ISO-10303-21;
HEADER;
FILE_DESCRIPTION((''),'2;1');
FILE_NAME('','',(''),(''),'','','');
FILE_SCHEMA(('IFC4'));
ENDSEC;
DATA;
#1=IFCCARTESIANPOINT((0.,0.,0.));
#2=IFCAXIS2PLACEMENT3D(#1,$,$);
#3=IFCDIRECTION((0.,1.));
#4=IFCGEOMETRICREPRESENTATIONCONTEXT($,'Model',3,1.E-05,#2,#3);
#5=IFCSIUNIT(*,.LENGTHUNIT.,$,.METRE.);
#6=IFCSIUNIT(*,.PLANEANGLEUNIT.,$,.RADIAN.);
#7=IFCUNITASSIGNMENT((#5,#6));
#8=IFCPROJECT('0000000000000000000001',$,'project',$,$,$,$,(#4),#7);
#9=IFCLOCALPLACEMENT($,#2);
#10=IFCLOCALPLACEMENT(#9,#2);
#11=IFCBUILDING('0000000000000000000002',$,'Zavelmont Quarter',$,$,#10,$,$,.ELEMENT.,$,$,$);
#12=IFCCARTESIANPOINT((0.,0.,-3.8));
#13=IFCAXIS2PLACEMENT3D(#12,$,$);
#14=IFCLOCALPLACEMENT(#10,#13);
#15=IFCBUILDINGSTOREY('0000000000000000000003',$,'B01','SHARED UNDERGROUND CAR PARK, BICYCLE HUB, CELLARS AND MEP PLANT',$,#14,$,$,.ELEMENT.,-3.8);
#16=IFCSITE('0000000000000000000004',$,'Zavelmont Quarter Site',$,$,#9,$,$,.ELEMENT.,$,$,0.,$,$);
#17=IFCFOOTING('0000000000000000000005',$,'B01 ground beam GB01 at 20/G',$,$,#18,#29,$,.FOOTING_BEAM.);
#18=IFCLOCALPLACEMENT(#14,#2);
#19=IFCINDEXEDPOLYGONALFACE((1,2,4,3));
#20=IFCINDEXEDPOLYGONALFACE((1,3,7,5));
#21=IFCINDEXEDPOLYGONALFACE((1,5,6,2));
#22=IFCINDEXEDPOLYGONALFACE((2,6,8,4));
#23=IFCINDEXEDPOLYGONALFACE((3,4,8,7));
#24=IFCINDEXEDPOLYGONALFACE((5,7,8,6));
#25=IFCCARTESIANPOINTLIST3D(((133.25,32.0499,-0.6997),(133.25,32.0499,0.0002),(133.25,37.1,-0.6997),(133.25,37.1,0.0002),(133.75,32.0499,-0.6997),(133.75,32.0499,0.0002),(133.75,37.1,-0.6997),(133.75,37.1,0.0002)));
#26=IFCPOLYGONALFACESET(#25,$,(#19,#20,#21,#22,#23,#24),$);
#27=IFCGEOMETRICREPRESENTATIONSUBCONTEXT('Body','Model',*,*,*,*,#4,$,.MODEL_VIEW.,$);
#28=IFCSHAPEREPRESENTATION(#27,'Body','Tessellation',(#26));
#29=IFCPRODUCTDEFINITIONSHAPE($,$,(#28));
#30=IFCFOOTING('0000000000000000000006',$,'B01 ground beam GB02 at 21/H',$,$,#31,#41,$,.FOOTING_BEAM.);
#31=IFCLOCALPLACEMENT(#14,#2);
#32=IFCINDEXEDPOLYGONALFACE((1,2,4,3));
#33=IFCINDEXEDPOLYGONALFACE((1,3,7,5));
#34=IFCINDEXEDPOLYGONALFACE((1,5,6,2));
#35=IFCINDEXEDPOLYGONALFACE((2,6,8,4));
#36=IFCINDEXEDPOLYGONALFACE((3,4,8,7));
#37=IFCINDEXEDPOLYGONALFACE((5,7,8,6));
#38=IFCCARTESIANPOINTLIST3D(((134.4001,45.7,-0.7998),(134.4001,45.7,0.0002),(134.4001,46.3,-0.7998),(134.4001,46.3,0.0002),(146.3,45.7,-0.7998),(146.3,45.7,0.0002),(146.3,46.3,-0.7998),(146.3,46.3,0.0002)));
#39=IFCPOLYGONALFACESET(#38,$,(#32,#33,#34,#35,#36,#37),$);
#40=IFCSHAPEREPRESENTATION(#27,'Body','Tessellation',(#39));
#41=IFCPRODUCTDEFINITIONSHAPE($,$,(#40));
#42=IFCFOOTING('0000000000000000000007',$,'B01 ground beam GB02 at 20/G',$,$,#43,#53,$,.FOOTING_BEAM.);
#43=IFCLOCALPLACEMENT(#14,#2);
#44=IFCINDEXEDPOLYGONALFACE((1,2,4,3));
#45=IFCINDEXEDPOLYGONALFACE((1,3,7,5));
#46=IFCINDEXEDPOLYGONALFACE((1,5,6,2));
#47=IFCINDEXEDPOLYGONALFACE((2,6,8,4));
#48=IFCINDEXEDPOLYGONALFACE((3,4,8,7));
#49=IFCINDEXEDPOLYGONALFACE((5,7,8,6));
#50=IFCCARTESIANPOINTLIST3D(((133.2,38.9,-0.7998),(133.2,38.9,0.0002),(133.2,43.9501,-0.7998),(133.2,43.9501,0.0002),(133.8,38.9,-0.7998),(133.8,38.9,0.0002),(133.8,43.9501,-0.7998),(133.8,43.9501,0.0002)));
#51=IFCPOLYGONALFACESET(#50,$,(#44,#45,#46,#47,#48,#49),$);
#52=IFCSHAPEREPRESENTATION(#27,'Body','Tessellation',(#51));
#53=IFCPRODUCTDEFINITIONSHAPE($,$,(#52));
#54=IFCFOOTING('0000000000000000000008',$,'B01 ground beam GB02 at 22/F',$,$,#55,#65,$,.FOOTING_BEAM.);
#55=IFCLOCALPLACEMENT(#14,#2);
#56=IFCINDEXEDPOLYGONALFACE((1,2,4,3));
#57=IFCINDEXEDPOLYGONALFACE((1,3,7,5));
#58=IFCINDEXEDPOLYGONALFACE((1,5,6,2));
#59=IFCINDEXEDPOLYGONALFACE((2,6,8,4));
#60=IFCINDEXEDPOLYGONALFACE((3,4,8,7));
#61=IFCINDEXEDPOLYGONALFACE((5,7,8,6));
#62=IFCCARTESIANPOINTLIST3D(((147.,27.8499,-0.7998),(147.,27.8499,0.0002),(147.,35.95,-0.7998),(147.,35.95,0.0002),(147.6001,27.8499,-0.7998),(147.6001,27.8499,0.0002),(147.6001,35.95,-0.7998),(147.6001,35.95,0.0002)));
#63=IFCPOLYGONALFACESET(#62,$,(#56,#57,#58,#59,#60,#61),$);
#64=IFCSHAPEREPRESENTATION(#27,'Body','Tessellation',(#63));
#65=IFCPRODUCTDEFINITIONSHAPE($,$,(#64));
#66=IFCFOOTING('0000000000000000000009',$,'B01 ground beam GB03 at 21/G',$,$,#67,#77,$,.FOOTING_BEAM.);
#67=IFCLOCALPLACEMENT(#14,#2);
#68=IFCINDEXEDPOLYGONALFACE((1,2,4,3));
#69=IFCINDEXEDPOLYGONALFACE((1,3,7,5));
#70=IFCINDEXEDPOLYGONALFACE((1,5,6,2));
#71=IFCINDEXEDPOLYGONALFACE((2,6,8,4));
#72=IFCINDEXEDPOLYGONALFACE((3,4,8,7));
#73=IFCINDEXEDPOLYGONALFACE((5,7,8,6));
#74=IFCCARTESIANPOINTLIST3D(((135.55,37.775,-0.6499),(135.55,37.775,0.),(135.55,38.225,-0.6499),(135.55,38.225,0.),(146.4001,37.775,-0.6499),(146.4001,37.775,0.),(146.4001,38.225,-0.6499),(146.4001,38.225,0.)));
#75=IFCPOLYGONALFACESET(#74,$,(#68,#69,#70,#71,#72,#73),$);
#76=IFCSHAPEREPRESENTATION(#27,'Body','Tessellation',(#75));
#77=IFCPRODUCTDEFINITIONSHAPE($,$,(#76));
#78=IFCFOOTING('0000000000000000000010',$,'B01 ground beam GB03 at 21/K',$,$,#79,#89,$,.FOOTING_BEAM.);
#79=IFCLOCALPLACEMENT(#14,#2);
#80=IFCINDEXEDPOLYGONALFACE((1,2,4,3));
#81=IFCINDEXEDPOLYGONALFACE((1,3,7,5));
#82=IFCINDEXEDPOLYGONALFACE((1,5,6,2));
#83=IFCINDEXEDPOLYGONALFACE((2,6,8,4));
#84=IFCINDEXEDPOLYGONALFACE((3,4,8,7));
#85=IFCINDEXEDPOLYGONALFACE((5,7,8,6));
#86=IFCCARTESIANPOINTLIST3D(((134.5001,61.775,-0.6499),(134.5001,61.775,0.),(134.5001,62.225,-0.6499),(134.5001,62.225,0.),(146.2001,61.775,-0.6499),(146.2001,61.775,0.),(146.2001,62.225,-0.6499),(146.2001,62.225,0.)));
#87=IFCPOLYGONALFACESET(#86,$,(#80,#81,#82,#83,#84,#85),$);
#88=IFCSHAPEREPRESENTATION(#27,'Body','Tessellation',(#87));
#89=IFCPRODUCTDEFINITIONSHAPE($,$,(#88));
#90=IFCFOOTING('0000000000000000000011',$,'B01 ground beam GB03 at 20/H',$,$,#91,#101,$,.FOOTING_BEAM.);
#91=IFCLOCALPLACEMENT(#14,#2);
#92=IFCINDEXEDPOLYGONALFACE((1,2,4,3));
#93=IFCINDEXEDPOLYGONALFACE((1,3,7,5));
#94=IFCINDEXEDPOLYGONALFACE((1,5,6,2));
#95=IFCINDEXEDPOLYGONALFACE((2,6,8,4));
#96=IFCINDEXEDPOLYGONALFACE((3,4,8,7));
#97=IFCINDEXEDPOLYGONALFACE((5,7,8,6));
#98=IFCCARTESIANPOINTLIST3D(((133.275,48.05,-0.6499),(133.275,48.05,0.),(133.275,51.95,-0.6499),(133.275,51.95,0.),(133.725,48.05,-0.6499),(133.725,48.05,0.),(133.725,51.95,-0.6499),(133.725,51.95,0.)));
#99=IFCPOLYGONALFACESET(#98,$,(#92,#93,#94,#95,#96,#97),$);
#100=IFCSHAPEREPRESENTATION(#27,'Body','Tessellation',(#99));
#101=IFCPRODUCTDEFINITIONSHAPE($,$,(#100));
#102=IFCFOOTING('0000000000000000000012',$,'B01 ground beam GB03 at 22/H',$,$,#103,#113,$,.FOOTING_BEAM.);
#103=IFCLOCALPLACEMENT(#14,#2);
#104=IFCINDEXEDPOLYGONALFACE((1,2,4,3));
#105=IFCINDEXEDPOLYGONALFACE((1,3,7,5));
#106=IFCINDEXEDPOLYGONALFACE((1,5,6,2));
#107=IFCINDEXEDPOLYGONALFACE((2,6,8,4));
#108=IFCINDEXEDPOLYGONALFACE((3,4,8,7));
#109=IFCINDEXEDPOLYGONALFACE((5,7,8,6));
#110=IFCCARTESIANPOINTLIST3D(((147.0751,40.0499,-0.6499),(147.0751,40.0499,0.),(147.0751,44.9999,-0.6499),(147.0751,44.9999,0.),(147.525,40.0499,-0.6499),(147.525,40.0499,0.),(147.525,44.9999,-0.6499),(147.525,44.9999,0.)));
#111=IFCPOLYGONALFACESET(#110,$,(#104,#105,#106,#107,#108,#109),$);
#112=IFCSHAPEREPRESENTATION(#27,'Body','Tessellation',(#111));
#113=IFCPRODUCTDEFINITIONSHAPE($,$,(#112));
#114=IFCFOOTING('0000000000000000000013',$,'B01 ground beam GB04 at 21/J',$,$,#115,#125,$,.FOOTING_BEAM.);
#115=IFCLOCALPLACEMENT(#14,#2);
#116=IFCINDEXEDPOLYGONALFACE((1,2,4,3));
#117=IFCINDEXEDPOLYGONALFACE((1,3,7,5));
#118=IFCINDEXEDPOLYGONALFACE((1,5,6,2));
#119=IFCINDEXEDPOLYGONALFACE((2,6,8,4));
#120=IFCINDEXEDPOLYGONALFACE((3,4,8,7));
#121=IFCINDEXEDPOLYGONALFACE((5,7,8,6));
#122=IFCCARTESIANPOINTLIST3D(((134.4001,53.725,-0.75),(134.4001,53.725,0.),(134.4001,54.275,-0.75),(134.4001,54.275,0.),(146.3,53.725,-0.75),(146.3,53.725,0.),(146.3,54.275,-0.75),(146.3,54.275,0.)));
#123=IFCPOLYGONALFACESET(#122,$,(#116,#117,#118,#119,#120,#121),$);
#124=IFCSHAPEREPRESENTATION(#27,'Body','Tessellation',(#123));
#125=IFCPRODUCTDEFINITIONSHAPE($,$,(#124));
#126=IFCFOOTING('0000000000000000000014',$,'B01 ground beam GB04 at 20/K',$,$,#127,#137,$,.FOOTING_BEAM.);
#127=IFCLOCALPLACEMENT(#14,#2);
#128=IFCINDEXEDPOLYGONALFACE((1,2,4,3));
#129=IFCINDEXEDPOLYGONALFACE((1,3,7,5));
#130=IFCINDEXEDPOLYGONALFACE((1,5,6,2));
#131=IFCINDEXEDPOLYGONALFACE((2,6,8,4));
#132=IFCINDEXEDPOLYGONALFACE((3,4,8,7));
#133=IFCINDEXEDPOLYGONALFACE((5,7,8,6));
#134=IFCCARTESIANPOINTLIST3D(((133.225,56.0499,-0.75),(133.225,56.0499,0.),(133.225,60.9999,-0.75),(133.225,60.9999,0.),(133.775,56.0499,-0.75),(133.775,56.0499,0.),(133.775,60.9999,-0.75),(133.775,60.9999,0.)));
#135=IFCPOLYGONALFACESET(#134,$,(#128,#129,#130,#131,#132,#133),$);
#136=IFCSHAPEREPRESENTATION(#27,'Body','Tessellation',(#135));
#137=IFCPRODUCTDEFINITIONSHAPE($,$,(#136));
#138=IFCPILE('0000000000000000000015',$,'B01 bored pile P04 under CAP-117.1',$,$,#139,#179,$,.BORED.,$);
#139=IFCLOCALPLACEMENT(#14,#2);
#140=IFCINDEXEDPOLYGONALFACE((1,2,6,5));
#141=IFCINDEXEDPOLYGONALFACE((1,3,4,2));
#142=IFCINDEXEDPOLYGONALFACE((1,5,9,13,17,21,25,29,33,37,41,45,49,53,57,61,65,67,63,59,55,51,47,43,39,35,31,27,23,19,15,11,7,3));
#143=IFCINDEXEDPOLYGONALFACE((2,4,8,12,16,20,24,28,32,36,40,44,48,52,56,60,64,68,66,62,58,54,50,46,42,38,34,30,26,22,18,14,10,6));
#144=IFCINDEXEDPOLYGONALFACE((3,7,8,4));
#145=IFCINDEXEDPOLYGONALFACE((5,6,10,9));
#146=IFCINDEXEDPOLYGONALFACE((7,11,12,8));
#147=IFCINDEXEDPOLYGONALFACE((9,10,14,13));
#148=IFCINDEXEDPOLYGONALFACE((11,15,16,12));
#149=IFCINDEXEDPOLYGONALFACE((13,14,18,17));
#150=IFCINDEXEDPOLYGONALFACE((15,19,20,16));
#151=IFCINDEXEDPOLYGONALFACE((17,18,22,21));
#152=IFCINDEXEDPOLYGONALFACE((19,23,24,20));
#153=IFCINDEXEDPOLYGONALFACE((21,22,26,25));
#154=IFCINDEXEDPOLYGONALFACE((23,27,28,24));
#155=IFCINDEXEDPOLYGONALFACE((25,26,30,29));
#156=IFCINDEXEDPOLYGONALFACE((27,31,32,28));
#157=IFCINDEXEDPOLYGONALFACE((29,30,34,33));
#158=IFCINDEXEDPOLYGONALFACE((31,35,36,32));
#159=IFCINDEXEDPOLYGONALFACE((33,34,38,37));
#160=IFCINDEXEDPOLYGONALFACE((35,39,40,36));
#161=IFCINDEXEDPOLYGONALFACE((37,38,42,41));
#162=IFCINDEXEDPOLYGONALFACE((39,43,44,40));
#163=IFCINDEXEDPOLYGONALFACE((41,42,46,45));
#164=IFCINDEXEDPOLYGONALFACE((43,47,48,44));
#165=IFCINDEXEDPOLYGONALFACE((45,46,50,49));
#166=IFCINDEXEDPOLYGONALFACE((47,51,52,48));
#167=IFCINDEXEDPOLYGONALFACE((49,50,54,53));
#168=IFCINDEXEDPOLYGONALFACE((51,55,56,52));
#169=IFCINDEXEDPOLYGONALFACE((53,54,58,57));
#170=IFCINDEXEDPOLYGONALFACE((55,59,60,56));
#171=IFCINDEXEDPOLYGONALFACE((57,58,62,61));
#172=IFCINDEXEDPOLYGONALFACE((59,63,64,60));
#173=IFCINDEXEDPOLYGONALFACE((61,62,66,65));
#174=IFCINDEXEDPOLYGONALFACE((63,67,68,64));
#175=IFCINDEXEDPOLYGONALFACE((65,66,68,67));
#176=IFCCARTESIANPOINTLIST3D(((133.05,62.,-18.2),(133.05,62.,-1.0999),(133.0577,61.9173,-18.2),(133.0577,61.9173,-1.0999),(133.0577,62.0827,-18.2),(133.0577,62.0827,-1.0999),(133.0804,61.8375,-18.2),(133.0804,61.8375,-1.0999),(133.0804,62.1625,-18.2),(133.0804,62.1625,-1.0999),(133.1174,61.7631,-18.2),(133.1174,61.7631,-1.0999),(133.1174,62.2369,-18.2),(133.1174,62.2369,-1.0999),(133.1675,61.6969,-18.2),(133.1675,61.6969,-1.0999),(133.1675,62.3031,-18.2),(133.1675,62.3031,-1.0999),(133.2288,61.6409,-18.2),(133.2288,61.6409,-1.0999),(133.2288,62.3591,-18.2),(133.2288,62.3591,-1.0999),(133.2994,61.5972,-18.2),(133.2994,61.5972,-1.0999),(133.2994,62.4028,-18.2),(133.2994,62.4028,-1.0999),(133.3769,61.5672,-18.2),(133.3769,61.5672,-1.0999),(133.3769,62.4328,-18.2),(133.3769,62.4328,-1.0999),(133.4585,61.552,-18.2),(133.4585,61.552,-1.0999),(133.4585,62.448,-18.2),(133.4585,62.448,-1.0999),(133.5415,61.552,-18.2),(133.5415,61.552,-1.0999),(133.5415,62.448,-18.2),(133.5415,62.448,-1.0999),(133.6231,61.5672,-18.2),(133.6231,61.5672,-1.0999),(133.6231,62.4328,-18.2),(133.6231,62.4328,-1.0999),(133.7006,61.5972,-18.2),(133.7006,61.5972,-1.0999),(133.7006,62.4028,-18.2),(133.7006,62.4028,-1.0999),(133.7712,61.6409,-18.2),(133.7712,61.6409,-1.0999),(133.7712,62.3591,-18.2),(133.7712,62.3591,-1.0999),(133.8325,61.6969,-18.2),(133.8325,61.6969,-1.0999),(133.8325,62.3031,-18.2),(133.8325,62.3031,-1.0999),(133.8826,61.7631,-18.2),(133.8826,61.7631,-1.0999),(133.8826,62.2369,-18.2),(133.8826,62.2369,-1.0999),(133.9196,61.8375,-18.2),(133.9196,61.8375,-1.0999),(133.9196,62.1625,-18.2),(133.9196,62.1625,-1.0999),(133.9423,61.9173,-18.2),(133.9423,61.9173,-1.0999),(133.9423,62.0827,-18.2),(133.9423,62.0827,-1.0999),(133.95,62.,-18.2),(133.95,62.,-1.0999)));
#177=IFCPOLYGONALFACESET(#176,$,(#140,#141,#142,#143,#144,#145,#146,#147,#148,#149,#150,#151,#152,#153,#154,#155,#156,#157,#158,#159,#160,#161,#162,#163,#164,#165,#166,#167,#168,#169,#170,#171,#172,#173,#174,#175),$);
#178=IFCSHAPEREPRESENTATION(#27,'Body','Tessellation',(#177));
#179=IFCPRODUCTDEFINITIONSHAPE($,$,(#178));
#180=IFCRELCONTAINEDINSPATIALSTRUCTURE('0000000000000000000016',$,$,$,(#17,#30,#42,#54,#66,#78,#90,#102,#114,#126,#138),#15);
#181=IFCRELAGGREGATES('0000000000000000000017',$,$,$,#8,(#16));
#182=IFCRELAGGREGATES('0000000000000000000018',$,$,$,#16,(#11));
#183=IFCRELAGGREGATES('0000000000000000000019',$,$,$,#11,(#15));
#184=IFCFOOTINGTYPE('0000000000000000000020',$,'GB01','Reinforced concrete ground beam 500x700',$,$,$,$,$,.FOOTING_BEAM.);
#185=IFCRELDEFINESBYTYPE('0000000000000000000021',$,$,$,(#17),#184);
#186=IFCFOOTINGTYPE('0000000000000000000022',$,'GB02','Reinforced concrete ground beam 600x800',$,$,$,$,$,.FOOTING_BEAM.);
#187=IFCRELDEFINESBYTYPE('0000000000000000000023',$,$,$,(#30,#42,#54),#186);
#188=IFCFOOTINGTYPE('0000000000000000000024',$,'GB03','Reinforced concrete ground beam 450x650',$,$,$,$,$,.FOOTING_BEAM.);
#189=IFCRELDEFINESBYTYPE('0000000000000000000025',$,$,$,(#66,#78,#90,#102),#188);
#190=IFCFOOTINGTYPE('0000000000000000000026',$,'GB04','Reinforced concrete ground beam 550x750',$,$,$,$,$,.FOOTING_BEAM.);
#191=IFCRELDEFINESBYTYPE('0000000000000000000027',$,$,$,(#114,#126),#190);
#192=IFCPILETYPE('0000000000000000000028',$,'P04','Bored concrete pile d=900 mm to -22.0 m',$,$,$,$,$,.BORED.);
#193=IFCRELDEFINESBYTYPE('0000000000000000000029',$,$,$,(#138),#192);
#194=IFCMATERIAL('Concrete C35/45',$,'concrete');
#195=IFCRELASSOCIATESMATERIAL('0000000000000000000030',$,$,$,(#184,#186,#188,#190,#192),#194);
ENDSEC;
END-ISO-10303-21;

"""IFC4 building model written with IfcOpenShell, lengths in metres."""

from ifc_helpers import new_model, si_unit, direction, frame, origin, origin_2d, place, context, subcontext, project, spatial, rectangle, circle, extrude, material, material_profile, profile_set, type_object, element, save


model = new_model("IFC4")

# Units and contexts
model_context = context("Model", 3, precision=1e-05, world=origin(), true_north=direction((0.0, 1.0)))
body_context = subcontext(model_context, "Body", "Model", "MODEL_VIEW")
ifc_project = project(units=[si_unit("LENGTHUNIT", "METRE"), si_unit("PLANEANGLEUNIT", "RADIAN")], contexts=[model_context])

# Site, building, storey
site_placement = place(None, origin())
site = spatial("IfcSite", under=ifc_project, at=site_placement, Name="Zavelmont Quarter Site", CompositionType="ELEMENT", RefElevation=0.0)
building_placement = place(site_placement, origin())
building = spatial("IfcBuilding", under=site, at=building_placement, Name="Zavelmont Quarter", CompositionType="ELEMENT")
storey_placement = place(building_placement, frame((0.0, 0.0, -3.8)))
storey = spatial("IfcBuildingStorey", under=building, at=storey_placement, Name="B01", Description="SHARED UNDERGROUND CAR PARK, BICYCLE HUB, CELLARS AND MEP PLANT", CompositionType="ELEMENT", Elevation=-3.8)

# Footings
ifc_material_1 = material(Name="Concrete C35/45", Category="concrete")
footing_type_1 = type_object("IfcFootingType", Name="GB01", Description="Reinforced concrete ground beam 500x700", PredefinedType="FOOTING_BEAM", material=ifc_material_1)
footing_1_placement = place(storey_placement, frame((133.5, 34.575, -0.6997), z_axis=(0.0, 0.0, 1.0), x_axis=(0.0, 1.0, 0.0)))
element("IfcFooting", 1, at=footing_1_placement, inside=storey, type_object=footing_type_1, Name="B01 ground beam GB01 at 20/G", PredefinedType="FOOTING_BEAM", context=body_context, shape_type="SweptSolid", body=[
    extrude(rectangle(XDim=5.05, YDim=0.5, at=origin_2d()), origin(), (0.0, 0.0, 1.0), 0.7),
])
footing_type_2 = type_object("IfcFootingType", Name="GB02", Description="Reinforced concrete ground beam 600x800", PredefinedType="FOOTING_BEAM", material=ifc_material_1)
footing_2_placement = place(storey_placement, frame((140.3501, 46.0, -0.7998), z_axis=(0.0, 0.0, 1.0), x_axis=(1.0, 0.0, 0.0)))
element("IfcFooting", 2, at=footing_2_placement, inside=storey, type_object=footing_type_2, Name="B01 ground beam GB02 at 21/H", PredefinedType="FOOTING_BEAM", context=body_context, shape_type="SweptSolid", body=[
    extrude(rectangle(XDim=11.8999, YDim=0.6001, at=origin_2d()), origin(), (0.0, 0.0, 1.0), 0.8),
])
footing_3_placement = place(storey_placement, frame((133.5, 41.425, -0.7998), z_axis=(0.0, 0.0, 1.0), x_axis=(0.0, 1.0, 0.0)))
element("IfcFooting", 3, at=footing_3_placement, inside=storey, type_object=footing_type_2, Name="B01 ground beam GB02 at 20/G", PredefinedType="FOOTING_BEAM", context=body_context, shape_type="SweptSolid", body=[
    extrude(rectangle(XDim=5.05, YDim=0.6001, at=origin_2d()), origin(), (0.0, 0.0, 1.0), 0.8),
])
footing_4_placement = place(storey_placement, frame((147.3, 31.8999, -0.7998), z_axis=(0.0, 0.0, 1.0), x_axis=(0.0, 1.0, 0.0)))
element("IfcFooting", 4, at=footing_4_placement, inside=storey, type_object=footing_type_2, Name="B01 ground beam GB02 at 22/F", PredefinedType="FOOTING_BEAM", context=body_context, shape_type="SweptSolid", body=[
    extrude(rectangle(XDim=8.1001, YDim=0.6001, at=origin_2d()), origin(), (0.0, 0.0, 1.0), 0.8),
])
footing_type_3 = type_object("IfcFootingType", Name="GB03", Description="Reinforced concrete ground beam 450x650", PredefinedType="FOOTING_BEAM", material=ifc_material_1)
footing_5_placement = place(storey_placement, frame((140.9751, 38.0, -0.6499), z_axis=(0.0, 0.0, 1.0), x_axis=(1.0, 0.0, 0.0)))
element("IfcFooting", 5, at=footing_5_placement, inside=storey, type_object=footing_type_3, Name="B01 ground beam GB03 at 21/G", PredefinedType="FOOTING_BEAM", context=body_context, shape_type="SweptSolid", body=[
    extrude(rectangle(XDim=10.8501, YDim=0.45, at=origin_2d()), origin(), (0.0, 0.0, 1.0), 0.6499),
])
footing_6_placement = place(storey_placement, frame((140.3501, 62.0, -0.6499), z_axis=(0.0, 0.0, 1.0), x_axis=(1.0, 0.0, 0.0)))
element("IfcFooting", 6, at=footing_6_placement, inside=storey, type_object=footing_type_3, Name="B01 ground beam GB03 at 21/K", PredefinedType="FOOTING_BEAM", context=body_context, shape_type="SweptSolid", body=[
    extrude(rectangle(XDim=11.7, YDim=0.45, at=origin_2d()), origin(), (0.0, 0.0, 1.0), 0.6499),
])
footing_7_placement = place(storey_placement, frame((133.5, 50.0, -0.6499), z_axis=(0.0, 0.0, 1.0), x_axis=(0.0, 1.0, 0.0)))
element("IfcFooting", 7, at=footing_7_placement, inside=storey, type_object=footing_type_3, Name="B01 ground beam GB03 at 20/H", PredefinedType="FOOTING_BEAM", context=body_context, shape_type="SweptSolid", body=[
    extrude(rectangle(XDim=3.8999, YDim=0.45, at=origin_2d()), origin(), (0.0, 0.0, 1.0), 0.6499),
])
footing_8_placement = place(storey_placement, frame((147.3, 42.5249, -0.6499), z_axis=(0.0, 0.0, 1.0), x_axis=(0.0, 1.0, 0.0)))
element("IfcFooting", 8, at=footing_8_placement, inside=storey, type_object=footing_type_3, Name="B01 ground beam GB03 at 22/H", PredefinedType="FOOTING_BEAM", context=body_context, shape_type="SweptSolid", body=[
    extrude(rectangle(XDim=4.95, YDim=0.45, at=origin_2d()), origin(), (0.0, 0.0, 1.0), 0.6499),
])
footing_type_4 = type_object("IfcFootingType", Name="GB04", Description="Reinforced concrete ground beam 550x750", PredefinedType="FOOTING_BEAM", material=ifc_material_1)
footing_9_placement = place(storey_placement, frame((140.3501, 54.0, -0.75), z_axis=(0.0, 0.0, 1.0), x_axis=(1.0, 0.0, 0.0)))
element("IfcFooting", 9, at=footing_9_placement, inside=storey, type_object=footing_type_4, Name="B01 ground beam GB04 at 21/J", PredefinedType="FOOTING_BEAM", context=body_context, shape_type="SweptSolid", body=[
    extrude(rectangle(XDim=11.8999, YDim=0.55, at=origin_2d()), origin(), (0.0, 0.0, 1.0), 0.75),
])
footing_10_placement = place(storey_placement, frame((133.5, 58.5249, -0.75), z_axis=(0.0, 0.0, 1.0), x_axis=(0.0, 1.0, 0.0)))
element("IfcFooting", 10, at=footing_10_placement, inside=storey, type_object=footing_type_4, Name="B01 ground beam GB04 at 20/K", PredefinedType="FOOTING_BEAM", context=body_context, shape_type="SweptSolid", body=[
    extrude(rectangle(XDim=4.95, YDim=0.55, at=origin_2d()), origin(), (0.0, 0.0, 1.0), 0.75),
])

# Pile
ifc_material_profile_1 = material_profile(ifc_material_1, circle(Radius=0.45, at=origin_2d()), Name="BP900")
ifc_profile_set_1 = profile_set([ifc_material_profile_1], Name="Concrete C35/45")
pile_type_1 = type_object("IfcPileType", Name="P04", Description="Bored concrete pile d=900 mm to -22.0 m", PredefinedType="BORED", material=ifc_profile_set_1)
pile_placement = place(storey_placement, frame((133.5, 62.0, -1.0999), z_axis=(0.0, 0.0, -1.0), x_axis=(1.0, 0.0, 0.0)))
element("IfcPile", 11, at=pile_placement, inside=storey, type_object=pile_type_1, Name="B01 bored pile P04 under CAP-117.1", PredefinedType="BORED", context=body_context, shape_type="SweptSolid", body=[
    extrude(circle(Radius=0.45, at=origin_2d()), origin(), (0.0, 0.0, 1.0), 17.1001),
])

save(model, "model.ifc")
